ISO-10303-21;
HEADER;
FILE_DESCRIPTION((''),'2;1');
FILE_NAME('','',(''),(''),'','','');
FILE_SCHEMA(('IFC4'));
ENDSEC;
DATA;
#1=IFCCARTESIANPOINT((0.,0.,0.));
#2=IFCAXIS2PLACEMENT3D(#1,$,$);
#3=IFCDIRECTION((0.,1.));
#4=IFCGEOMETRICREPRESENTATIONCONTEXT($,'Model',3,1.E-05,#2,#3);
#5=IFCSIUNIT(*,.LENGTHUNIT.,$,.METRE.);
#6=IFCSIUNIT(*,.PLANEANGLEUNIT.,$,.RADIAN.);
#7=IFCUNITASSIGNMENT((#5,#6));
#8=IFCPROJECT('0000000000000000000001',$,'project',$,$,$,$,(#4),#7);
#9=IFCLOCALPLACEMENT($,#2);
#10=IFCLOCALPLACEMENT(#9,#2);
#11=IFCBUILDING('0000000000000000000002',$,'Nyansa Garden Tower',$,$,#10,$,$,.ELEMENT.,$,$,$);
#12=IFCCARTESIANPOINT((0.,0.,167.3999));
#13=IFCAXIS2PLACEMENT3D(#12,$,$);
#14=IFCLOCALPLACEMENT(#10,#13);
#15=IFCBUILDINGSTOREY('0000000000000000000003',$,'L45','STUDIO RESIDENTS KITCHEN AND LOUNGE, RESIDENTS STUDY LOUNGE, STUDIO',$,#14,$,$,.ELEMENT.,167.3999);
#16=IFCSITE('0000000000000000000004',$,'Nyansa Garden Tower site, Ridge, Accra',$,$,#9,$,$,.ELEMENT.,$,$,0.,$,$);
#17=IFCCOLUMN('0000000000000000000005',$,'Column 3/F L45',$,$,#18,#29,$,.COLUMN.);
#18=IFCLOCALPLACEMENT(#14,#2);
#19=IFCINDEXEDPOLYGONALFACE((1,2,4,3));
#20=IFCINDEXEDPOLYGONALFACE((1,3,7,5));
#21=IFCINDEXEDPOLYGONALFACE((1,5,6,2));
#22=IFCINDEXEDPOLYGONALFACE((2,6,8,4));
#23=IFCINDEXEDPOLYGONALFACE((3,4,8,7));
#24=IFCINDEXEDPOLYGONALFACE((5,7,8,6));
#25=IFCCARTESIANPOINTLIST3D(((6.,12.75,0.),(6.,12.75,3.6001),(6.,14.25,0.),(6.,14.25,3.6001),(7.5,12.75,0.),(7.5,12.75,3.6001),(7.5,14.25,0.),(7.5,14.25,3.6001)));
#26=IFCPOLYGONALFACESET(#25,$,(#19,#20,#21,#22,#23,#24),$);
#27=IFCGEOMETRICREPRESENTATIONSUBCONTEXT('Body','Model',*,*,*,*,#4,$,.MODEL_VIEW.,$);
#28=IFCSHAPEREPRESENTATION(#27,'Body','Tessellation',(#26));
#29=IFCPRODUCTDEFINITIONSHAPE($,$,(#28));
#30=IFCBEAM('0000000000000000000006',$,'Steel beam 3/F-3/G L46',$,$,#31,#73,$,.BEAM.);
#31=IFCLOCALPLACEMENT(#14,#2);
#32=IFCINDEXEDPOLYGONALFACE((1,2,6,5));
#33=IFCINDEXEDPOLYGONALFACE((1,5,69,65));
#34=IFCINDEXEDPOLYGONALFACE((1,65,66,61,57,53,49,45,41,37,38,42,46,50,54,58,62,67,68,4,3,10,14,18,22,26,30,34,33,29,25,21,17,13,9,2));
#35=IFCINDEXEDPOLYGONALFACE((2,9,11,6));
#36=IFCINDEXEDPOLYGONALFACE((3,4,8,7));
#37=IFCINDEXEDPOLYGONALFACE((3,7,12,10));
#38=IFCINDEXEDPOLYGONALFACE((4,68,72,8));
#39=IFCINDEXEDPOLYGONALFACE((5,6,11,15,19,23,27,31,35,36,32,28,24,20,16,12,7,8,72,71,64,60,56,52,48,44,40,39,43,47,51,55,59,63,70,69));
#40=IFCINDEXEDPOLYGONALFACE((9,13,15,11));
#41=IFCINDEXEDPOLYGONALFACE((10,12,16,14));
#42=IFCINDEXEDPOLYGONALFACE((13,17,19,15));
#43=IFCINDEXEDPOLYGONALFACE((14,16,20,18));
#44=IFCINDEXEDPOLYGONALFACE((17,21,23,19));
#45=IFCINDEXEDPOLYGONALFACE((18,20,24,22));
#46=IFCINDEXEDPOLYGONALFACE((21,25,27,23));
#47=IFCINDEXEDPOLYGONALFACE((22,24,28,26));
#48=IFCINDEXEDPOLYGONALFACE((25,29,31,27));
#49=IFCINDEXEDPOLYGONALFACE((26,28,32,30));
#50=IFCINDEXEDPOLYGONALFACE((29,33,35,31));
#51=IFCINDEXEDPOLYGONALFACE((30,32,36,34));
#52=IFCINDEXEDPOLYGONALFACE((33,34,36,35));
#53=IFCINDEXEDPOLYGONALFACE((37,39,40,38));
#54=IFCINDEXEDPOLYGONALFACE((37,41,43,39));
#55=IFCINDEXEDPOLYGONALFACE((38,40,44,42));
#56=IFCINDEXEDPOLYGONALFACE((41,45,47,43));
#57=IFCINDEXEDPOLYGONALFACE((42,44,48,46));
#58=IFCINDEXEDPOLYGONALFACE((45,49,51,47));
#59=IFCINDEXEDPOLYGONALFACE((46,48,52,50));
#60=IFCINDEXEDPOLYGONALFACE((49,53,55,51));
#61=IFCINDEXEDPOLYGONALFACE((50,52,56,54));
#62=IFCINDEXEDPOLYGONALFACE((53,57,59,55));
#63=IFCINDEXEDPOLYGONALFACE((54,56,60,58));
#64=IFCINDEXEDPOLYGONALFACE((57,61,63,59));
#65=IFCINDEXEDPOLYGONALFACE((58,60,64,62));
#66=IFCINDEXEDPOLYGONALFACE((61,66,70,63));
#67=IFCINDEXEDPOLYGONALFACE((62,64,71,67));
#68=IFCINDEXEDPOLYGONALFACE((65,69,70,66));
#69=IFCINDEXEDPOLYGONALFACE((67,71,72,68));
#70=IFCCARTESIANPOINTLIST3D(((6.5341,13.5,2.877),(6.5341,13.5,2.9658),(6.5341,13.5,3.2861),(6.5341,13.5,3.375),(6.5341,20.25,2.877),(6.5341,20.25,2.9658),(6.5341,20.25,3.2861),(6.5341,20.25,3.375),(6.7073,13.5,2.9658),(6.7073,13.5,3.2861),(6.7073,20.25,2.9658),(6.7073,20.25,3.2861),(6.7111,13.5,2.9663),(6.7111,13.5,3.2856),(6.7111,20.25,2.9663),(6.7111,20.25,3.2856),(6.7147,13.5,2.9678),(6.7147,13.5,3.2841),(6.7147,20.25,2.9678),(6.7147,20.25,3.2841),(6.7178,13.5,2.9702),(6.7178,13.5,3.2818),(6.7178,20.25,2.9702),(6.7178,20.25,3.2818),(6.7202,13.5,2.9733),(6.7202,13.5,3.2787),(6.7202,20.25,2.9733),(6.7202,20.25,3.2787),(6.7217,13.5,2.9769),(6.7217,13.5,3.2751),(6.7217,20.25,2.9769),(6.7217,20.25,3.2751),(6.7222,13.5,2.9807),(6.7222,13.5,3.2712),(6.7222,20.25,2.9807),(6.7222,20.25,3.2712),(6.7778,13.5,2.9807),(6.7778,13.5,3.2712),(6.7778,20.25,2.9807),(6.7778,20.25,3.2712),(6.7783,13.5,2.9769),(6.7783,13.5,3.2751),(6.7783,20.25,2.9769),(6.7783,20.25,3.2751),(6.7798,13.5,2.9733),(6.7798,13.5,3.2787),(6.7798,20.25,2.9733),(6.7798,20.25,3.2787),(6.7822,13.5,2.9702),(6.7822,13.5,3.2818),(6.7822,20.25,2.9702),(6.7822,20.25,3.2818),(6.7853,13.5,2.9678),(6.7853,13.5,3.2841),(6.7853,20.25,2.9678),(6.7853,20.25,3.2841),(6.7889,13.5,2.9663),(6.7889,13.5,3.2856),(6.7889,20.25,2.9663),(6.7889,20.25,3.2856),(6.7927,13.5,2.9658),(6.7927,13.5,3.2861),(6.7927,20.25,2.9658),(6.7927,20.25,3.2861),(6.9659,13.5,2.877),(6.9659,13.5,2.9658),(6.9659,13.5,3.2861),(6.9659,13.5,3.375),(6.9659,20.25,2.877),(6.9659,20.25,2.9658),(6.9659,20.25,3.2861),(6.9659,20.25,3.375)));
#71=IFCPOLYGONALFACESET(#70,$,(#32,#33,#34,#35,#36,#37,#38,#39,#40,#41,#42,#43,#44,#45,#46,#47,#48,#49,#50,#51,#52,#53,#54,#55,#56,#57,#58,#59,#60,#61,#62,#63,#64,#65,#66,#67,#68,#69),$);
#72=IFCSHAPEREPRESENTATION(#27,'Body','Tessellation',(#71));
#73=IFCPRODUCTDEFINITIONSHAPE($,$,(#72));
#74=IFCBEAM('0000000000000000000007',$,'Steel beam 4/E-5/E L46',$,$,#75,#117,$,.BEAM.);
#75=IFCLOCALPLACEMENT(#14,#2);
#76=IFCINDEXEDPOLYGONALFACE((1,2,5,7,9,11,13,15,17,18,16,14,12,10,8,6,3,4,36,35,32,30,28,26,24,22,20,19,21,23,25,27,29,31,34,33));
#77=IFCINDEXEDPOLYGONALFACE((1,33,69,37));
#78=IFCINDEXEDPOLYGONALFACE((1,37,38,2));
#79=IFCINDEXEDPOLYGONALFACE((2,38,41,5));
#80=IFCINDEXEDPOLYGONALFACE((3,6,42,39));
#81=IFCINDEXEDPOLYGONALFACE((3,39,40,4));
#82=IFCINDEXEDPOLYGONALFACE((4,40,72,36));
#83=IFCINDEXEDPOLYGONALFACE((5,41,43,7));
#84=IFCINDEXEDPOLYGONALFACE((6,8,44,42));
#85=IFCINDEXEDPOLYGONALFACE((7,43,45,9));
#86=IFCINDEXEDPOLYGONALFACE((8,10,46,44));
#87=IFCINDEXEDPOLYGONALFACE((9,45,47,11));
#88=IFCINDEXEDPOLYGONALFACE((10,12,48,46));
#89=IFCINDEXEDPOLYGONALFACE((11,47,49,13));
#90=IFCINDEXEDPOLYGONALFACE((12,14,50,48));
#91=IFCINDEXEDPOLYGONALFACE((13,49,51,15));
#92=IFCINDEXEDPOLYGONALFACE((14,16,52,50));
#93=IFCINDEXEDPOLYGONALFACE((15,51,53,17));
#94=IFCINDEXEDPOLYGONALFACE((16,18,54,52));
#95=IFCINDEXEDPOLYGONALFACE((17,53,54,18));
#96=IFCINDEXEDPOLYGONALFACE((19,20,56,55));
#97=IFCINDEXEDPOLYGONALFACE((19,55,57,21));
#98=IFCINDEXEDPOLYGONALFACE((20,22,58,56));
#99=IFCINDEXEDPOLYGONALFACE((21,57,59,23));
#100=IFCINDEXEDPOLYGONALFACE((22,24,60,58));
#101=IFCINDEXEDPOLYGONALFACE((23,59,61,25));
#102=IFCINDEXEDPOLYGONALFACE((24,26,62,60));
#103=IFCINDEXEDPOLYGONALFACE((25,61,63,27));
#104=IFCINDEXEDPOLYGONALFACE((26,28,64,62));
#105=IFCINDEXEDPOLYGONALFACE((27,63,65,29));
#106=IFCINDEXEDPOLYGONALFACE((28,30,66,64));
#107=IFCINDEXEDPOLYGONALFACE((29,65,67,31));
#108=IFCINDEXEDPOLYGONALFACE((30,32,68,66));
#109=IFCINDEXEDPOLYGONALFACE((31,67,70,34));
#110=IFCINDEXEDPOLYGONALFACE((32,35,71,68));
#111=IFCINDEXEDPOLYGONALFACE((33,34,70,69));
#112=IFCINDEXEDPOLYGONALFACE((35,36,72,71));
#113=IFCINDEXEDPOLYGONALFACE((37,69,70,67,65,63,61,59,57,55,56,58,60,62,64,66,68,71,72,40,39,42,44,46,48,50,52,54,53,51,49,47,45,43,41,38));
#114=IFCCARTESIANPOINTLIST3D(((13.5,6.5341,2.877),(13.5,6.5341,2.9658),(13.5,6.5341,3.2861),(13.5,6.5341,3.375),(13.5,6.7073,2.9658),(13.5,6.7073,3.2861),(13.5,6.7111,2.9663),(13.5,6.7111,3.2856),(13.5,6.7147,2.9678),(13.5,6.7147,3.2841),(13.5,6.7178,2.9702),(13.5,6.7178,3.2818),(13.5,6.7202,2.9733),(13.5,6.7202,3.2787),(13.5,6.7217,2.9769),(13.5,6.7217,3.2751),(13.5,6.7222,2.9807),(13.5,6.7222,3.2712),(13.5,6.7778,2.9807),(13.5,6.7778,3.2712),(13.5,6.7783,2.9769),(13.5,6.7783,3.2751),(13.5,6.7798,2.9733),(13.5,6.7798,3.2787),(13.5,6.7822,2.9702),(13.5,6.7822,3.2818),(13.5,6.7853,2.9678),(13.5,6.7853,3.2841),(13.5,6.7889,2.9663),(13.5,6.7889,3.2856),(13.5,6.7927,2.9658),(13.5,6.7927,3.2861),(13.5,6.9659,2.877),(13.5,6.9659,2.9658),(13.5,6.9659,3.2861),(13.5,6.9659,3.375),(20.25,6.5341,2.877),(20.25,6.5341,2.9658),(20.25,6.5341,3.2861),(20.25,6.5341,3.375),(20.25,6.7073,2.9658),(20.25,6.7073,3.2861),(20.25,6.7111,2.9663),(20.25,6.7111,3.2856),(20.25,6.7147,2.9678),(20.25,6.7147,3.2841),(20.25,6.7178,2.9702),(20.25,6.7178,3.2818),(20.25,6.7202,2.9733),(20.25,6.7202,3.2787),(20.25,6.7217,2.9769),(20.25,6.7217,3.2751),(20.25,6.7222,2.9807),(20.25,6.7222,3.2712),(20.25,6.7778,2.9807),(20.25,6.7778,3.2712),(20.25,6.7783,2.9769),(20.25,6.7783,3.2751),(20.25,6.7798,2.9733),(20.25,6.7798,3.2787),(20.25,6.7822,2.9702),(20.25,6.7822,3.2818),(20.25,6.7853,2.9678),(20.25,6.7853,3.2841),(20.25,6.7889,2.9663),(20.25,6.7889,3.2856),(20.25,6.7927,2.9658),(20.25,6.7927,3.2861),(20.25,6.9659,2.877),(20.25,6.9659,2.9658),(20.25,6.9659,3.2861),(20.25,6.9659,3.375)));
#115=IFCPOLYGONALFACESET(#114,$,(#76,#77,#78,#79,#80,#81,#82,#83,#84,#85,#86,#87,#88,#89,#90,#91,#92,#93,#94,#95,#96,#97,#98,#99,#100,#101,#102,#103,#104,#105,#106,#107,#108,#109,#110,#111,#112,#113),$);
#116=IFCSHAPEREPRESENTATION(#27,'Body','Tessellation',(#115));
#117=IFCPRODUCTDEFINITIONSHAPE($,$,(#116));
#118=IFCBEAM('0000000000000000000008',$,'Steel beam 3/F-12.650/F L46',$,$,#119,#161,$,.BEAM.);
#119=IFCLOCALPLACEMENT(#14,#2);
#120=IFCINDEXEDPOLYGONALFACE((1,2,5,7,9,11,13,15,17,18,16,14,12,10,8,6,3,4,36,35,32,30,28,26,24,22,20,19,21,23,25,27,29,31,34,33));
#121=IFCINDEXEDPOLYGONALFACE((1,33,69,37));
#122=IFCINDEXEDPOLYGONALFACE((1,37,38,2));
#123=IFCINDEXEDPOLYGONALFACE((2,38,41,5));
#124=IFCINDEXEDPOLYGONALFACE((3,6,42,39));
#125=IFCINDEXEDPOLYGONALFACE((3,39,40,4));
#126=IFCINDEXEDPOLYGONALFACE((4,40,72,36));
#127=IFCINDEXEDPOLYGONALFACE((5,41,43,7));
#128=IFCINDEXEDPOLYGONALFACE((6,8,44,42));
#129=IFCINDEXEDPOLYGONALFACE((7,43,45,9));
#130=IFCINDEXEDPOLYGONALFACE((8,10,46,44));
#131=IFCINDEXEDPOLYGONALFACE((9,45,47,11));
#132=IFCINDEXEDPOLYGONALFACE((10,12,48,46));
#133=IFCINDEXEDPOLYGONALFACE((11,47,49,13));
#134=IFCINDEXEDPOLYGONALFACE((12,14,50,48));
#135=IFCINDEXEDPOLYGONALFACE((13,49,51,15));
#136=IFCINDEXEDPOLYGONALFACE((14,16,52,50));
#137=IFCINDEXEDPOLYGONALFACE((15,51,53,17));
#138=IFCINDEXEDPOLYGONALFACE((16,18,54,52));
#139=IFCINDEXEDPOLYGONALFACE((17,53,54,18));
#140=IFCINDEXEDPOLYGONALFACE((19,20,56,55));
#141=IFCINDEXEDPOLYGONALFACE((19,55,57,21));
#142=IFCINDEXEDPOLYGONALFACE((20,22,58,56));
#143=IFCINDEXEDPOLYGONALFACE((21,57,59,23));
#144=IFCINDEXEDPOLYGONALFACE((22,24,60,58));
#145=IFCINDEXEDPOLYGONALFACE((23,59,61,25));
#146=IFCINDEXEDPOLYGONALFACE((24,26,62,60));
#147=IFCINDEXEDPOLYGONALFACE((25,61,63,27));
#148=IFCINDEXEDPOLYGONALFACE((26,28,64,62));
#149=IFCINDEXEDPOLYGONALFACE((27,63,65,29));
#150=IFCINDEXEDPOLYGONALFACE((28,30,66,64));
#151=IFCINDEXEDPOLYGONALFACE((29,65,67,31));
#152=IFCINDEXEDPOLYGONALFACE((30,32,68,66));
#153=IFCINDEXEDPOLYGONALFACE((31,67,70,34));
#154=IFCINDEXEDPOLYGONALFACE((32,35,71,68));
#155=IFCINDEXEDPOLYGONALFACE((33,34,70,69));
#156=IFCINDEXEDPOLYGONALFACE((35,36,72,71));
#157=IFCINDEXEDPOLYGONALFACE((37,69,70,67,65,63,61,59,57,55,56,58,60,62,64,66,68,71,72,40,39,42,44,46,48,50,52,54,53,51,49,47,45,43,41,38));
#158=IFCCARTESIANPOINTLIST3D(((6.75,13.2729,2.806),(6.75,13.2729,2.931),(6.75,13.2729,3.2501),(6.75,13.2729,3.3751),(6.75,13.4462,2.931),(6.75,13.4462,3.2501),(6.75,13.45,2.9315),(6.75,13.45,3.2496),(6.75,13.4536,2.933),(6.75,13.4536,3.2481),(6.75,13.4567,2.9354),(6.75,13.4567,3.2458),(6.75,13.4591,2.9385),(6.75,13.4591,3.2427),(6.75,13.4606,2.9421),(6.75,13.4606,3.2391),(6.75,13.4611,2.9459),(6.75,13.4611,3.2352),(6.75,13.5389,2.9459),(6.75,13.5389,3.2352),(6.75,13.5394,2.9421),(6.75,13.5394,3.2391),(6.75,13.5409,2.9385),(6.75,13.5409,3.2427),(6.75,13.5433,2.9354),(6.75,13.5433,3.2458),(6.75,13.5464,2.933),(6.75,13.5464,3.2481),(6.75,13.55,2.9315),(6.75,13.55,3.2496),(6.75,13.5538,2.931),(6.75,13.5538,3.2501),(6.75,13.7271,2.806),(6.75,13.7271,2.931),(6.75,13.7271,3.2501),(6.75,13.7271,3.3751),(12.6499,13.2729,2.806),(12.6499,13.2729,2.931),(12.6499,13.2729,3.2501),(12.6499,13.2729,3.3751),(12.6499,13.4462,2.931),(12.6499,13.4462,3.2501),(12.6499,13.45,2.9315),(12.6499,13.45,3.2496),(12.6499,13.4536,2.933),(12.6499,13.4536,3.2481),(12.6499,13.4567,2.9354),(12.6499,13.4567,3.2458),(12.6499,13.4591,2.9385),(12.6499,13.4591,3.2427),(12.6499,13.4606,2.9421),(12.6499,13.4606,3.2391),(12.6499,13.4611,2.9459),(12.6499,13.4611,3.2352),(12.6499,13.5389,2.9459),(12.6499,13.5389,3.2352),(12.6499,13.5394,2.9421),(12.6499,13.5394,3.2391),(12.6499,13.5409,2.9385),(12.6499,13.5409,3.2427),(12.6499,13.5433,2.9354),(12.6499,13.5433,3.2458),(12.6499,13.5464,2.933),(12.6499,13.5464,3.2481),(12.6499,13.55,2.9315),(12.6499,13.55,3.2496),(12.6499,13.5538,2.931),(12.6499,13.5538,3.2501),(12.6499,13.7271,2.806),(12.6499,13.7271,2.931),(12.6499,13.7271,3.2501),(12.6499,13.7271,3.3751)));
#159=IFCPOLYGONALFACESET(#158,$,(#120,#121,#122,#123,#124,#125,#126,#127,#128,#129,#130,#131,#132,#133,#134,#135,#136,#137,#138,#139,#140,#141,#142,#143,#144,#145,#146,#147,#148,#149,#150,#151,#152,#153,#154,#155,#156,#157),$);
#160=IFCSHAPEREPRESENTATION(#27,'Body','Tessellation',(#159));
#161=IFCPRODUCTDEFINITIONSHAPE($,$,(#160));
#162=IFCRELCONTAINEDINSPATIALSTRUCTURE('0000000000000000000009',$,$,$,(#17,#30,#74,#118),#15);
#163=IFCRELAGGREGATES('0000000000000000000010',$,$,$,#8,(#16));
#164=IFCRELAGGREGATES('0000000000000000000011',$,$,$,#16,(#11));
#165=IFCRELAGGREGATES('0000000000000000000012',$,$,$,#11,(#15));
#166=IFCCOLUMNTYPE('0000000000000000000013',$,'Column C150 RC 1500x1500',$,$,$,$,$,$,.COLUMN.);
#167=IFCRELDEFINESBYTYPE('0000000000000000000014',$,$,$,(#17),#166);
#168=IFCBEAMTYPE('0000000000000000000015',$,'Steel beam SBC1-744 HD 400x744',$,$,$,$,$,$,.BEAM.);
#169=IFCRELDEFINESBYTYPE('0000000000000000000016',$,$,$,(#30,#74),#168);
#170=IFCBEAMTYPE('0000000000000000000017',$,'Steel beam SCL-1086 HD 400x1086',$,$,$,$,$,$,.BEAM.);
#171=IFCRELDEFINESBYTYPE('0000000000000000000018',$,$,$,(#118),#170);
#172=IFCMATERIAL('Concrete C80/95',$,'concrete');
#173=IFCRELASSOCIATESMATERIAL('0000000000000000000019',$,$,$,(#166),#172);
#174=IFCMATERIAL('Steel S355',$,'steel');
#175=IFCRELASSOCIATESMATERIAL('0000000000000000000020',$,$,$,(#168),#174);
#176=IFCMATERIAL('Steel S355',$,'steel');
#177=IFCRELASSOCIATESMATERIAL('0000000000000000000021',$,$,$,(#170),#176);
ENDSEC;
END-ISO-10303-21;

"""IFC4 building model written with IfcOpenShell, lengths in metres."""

from ifc_helpers import new_model, si_unit, direction, frame, origin, origin_2d, place, context, subcontext, project, spatial, rectangle, i_section, extrude, material, material_profile, profile_set, type_object, element, save


model = new_model("IFC4")

# Units and contexts
model_context = context("Model", 3, precision=1e-05, world=origin(), true_north=direction((0.0, 1.0)))
body_context = subcontext(model_context, "Body", "Model", "MODEL_VIEW")
ifc_project = project(units=[si_unit("LENGTHUNIT", "METRE"), si_unit("PLANEANGLEUNIT", "RADIAN")], contexts=[model_context])

# Site, building, storey
site_placement = place(None, origin())
site = spatial("IfcSite", under=ifc_project, at=site_placement, Name="Nyansa Garden Tower site, Ridge, Accra", CompositionType="ELEMENT", RefElevation=0.0)
building_placement = place(site_placement, origin())
building = spatial("IfcBuilding", under=site, at=building_placement, Name="Nyansa Garden Tower", CompositionType="ELEMENT")
storey_placement = place(building_placement, frame((0.0, 0.0, 167.3999)))
storey = spatial("IfcBuildingStorey", under=building, at=storey_placement, Name="L45", Description="STUDIO RESIDENTS KITCHEN AND LOUNGE, RESIDENTS STUDY LOUNGE, STUDIO", CompositionType="ELEMENT", Elevation=167.3999)

# Column
ifc_material_1 = material(Name="Concrete C80/95", Category="concrete")
ifc_material_profile_1 = material_profile(ifc_material_1, rectangle(XDim=1.5, YDim=1.5, at=origin_2d()), Name="RC 1500x1500")
ifc_profile_set_1 = profile_set([ifc_material_profile_1], Name="Concrete C80/95")
column_type = type_object("IfcColumnType", Name="Column C150 RC 1500x1500", PredefinedType="COLUMN", material=ifc_profile_set_1)
column_placement = place(storey_placement, frame((6.75, 13.5, 0.0), z_axis=(0.0, 0.0, 1.0), x_axis=(1.0, 0.0, 0.0)))
element("IfcColumn", 1, at=column_placement, inside=storey, type_object=column_type, Name="Column 3/F L45", PredefinedType="COLUMN", context=body_context, shape_type="SweptSolid", body=[
    extrude(rectangle(XDim=1.5, YDim=1.5, at=origin_2d()), origin(), (0.0, 0.0, 1.0), 3.6001),
])

# Beams
ifc_material_2 = material(Name="Steel S355", Category="steel")
ifc_material_profile_2 = material_profile(ifc_material_2, i_section(OverallWidth=0.4319, OverallDepth=0.498, WebThickness=0.0557, FlangeThickness=0.0889, FilletRadius=0.0149, at=origin_2d()), Name="HD 400x744")
ifc_profile_set_2 = profile_set([ifc_material_profile_2], Name="Steel S355")
beam_type_1 = type_object("IfcBeamType", Name="Steel beam SBC1-744 HD 400x744", PredefinedType="BEAM", material=ifc_profile_set_2)
for number, where, z_axis, x_axis, name in (
    (2, (6.75, 13.5, 3.126), (0.0, 1.0, 0.0), (-1.0, 0.0, 0.0), "Steel beam 3/F-3/G L46"),
    (3, (13.5, 6.75, 3.126), (1.0, 0.0, 0.0), (0.0, 1.0, 0.0), "Steel beam 4/E-5/E L46"),
):
    element("IfcBeam", number, at=place(storey_placement, frame(where, z_axis=z_axis, x_axis=x_axis)), inside=storey, type_object=beam_type_1, Name=name, PredefinedType="BEAM", context=body_context, shape_type="SweptSolid", body=[
        extrude(i_section(OverallWidth=0.4319, OverallDepth=0.498, WebThickness=0.0557, FlangeThickness=0.0889, FilletRadius=0.0149, at=origin_2d()), origin(), (0.0, 0.0, 1.0), 6.75),
    ])
ifc_material_3 = material(Name="Steel S355", Category="steel")
ifc_material_profile_3 = material_profile(ifc_material_3, i_section(OverallWidth=0.4541, OverallDepth=0.5691, WebThickness=0.0779, FlangeThickness=0.125, FilletRadius=0.0149, at=origin_2d()), Name="HD 400x1086")
ifc_profile_set_3 = profile_set([ifc_material_profile_3], Name="Steel S355")
beam_type_2 = type_object("IfcBeamType", Name="Steel beam SCL-1086 HD 400x1086", PredefinedType="BEAM", material=ifc_profile_set_3)
beam_1_placement = place(storey_placement, frame((6.75, 13.5, 3.0906), z_axis=(1.0, 0.0, 0.0), x_axis=(0.0, 1.0, 0.0)))
element("IfcBeam", 4, at=beam_1_placement, inside=storey, type_object=beam_type_2, Name="Steel beam 3/F-12.650/F L46", PredefinedType="BEAM", context=body_context, shape_type="SweptSolid", body=[
    extrude(i_section(OverallWidth=0.4541, OverallDepth=0.5691, WebThickness=0.0779, FlangeThickness=0.125, FilletRadius=0.0149, at=origin_2d()), origin(), (0.0, 0.0, 1.0), 5.8999),
])

save(model, "model.ifc")
